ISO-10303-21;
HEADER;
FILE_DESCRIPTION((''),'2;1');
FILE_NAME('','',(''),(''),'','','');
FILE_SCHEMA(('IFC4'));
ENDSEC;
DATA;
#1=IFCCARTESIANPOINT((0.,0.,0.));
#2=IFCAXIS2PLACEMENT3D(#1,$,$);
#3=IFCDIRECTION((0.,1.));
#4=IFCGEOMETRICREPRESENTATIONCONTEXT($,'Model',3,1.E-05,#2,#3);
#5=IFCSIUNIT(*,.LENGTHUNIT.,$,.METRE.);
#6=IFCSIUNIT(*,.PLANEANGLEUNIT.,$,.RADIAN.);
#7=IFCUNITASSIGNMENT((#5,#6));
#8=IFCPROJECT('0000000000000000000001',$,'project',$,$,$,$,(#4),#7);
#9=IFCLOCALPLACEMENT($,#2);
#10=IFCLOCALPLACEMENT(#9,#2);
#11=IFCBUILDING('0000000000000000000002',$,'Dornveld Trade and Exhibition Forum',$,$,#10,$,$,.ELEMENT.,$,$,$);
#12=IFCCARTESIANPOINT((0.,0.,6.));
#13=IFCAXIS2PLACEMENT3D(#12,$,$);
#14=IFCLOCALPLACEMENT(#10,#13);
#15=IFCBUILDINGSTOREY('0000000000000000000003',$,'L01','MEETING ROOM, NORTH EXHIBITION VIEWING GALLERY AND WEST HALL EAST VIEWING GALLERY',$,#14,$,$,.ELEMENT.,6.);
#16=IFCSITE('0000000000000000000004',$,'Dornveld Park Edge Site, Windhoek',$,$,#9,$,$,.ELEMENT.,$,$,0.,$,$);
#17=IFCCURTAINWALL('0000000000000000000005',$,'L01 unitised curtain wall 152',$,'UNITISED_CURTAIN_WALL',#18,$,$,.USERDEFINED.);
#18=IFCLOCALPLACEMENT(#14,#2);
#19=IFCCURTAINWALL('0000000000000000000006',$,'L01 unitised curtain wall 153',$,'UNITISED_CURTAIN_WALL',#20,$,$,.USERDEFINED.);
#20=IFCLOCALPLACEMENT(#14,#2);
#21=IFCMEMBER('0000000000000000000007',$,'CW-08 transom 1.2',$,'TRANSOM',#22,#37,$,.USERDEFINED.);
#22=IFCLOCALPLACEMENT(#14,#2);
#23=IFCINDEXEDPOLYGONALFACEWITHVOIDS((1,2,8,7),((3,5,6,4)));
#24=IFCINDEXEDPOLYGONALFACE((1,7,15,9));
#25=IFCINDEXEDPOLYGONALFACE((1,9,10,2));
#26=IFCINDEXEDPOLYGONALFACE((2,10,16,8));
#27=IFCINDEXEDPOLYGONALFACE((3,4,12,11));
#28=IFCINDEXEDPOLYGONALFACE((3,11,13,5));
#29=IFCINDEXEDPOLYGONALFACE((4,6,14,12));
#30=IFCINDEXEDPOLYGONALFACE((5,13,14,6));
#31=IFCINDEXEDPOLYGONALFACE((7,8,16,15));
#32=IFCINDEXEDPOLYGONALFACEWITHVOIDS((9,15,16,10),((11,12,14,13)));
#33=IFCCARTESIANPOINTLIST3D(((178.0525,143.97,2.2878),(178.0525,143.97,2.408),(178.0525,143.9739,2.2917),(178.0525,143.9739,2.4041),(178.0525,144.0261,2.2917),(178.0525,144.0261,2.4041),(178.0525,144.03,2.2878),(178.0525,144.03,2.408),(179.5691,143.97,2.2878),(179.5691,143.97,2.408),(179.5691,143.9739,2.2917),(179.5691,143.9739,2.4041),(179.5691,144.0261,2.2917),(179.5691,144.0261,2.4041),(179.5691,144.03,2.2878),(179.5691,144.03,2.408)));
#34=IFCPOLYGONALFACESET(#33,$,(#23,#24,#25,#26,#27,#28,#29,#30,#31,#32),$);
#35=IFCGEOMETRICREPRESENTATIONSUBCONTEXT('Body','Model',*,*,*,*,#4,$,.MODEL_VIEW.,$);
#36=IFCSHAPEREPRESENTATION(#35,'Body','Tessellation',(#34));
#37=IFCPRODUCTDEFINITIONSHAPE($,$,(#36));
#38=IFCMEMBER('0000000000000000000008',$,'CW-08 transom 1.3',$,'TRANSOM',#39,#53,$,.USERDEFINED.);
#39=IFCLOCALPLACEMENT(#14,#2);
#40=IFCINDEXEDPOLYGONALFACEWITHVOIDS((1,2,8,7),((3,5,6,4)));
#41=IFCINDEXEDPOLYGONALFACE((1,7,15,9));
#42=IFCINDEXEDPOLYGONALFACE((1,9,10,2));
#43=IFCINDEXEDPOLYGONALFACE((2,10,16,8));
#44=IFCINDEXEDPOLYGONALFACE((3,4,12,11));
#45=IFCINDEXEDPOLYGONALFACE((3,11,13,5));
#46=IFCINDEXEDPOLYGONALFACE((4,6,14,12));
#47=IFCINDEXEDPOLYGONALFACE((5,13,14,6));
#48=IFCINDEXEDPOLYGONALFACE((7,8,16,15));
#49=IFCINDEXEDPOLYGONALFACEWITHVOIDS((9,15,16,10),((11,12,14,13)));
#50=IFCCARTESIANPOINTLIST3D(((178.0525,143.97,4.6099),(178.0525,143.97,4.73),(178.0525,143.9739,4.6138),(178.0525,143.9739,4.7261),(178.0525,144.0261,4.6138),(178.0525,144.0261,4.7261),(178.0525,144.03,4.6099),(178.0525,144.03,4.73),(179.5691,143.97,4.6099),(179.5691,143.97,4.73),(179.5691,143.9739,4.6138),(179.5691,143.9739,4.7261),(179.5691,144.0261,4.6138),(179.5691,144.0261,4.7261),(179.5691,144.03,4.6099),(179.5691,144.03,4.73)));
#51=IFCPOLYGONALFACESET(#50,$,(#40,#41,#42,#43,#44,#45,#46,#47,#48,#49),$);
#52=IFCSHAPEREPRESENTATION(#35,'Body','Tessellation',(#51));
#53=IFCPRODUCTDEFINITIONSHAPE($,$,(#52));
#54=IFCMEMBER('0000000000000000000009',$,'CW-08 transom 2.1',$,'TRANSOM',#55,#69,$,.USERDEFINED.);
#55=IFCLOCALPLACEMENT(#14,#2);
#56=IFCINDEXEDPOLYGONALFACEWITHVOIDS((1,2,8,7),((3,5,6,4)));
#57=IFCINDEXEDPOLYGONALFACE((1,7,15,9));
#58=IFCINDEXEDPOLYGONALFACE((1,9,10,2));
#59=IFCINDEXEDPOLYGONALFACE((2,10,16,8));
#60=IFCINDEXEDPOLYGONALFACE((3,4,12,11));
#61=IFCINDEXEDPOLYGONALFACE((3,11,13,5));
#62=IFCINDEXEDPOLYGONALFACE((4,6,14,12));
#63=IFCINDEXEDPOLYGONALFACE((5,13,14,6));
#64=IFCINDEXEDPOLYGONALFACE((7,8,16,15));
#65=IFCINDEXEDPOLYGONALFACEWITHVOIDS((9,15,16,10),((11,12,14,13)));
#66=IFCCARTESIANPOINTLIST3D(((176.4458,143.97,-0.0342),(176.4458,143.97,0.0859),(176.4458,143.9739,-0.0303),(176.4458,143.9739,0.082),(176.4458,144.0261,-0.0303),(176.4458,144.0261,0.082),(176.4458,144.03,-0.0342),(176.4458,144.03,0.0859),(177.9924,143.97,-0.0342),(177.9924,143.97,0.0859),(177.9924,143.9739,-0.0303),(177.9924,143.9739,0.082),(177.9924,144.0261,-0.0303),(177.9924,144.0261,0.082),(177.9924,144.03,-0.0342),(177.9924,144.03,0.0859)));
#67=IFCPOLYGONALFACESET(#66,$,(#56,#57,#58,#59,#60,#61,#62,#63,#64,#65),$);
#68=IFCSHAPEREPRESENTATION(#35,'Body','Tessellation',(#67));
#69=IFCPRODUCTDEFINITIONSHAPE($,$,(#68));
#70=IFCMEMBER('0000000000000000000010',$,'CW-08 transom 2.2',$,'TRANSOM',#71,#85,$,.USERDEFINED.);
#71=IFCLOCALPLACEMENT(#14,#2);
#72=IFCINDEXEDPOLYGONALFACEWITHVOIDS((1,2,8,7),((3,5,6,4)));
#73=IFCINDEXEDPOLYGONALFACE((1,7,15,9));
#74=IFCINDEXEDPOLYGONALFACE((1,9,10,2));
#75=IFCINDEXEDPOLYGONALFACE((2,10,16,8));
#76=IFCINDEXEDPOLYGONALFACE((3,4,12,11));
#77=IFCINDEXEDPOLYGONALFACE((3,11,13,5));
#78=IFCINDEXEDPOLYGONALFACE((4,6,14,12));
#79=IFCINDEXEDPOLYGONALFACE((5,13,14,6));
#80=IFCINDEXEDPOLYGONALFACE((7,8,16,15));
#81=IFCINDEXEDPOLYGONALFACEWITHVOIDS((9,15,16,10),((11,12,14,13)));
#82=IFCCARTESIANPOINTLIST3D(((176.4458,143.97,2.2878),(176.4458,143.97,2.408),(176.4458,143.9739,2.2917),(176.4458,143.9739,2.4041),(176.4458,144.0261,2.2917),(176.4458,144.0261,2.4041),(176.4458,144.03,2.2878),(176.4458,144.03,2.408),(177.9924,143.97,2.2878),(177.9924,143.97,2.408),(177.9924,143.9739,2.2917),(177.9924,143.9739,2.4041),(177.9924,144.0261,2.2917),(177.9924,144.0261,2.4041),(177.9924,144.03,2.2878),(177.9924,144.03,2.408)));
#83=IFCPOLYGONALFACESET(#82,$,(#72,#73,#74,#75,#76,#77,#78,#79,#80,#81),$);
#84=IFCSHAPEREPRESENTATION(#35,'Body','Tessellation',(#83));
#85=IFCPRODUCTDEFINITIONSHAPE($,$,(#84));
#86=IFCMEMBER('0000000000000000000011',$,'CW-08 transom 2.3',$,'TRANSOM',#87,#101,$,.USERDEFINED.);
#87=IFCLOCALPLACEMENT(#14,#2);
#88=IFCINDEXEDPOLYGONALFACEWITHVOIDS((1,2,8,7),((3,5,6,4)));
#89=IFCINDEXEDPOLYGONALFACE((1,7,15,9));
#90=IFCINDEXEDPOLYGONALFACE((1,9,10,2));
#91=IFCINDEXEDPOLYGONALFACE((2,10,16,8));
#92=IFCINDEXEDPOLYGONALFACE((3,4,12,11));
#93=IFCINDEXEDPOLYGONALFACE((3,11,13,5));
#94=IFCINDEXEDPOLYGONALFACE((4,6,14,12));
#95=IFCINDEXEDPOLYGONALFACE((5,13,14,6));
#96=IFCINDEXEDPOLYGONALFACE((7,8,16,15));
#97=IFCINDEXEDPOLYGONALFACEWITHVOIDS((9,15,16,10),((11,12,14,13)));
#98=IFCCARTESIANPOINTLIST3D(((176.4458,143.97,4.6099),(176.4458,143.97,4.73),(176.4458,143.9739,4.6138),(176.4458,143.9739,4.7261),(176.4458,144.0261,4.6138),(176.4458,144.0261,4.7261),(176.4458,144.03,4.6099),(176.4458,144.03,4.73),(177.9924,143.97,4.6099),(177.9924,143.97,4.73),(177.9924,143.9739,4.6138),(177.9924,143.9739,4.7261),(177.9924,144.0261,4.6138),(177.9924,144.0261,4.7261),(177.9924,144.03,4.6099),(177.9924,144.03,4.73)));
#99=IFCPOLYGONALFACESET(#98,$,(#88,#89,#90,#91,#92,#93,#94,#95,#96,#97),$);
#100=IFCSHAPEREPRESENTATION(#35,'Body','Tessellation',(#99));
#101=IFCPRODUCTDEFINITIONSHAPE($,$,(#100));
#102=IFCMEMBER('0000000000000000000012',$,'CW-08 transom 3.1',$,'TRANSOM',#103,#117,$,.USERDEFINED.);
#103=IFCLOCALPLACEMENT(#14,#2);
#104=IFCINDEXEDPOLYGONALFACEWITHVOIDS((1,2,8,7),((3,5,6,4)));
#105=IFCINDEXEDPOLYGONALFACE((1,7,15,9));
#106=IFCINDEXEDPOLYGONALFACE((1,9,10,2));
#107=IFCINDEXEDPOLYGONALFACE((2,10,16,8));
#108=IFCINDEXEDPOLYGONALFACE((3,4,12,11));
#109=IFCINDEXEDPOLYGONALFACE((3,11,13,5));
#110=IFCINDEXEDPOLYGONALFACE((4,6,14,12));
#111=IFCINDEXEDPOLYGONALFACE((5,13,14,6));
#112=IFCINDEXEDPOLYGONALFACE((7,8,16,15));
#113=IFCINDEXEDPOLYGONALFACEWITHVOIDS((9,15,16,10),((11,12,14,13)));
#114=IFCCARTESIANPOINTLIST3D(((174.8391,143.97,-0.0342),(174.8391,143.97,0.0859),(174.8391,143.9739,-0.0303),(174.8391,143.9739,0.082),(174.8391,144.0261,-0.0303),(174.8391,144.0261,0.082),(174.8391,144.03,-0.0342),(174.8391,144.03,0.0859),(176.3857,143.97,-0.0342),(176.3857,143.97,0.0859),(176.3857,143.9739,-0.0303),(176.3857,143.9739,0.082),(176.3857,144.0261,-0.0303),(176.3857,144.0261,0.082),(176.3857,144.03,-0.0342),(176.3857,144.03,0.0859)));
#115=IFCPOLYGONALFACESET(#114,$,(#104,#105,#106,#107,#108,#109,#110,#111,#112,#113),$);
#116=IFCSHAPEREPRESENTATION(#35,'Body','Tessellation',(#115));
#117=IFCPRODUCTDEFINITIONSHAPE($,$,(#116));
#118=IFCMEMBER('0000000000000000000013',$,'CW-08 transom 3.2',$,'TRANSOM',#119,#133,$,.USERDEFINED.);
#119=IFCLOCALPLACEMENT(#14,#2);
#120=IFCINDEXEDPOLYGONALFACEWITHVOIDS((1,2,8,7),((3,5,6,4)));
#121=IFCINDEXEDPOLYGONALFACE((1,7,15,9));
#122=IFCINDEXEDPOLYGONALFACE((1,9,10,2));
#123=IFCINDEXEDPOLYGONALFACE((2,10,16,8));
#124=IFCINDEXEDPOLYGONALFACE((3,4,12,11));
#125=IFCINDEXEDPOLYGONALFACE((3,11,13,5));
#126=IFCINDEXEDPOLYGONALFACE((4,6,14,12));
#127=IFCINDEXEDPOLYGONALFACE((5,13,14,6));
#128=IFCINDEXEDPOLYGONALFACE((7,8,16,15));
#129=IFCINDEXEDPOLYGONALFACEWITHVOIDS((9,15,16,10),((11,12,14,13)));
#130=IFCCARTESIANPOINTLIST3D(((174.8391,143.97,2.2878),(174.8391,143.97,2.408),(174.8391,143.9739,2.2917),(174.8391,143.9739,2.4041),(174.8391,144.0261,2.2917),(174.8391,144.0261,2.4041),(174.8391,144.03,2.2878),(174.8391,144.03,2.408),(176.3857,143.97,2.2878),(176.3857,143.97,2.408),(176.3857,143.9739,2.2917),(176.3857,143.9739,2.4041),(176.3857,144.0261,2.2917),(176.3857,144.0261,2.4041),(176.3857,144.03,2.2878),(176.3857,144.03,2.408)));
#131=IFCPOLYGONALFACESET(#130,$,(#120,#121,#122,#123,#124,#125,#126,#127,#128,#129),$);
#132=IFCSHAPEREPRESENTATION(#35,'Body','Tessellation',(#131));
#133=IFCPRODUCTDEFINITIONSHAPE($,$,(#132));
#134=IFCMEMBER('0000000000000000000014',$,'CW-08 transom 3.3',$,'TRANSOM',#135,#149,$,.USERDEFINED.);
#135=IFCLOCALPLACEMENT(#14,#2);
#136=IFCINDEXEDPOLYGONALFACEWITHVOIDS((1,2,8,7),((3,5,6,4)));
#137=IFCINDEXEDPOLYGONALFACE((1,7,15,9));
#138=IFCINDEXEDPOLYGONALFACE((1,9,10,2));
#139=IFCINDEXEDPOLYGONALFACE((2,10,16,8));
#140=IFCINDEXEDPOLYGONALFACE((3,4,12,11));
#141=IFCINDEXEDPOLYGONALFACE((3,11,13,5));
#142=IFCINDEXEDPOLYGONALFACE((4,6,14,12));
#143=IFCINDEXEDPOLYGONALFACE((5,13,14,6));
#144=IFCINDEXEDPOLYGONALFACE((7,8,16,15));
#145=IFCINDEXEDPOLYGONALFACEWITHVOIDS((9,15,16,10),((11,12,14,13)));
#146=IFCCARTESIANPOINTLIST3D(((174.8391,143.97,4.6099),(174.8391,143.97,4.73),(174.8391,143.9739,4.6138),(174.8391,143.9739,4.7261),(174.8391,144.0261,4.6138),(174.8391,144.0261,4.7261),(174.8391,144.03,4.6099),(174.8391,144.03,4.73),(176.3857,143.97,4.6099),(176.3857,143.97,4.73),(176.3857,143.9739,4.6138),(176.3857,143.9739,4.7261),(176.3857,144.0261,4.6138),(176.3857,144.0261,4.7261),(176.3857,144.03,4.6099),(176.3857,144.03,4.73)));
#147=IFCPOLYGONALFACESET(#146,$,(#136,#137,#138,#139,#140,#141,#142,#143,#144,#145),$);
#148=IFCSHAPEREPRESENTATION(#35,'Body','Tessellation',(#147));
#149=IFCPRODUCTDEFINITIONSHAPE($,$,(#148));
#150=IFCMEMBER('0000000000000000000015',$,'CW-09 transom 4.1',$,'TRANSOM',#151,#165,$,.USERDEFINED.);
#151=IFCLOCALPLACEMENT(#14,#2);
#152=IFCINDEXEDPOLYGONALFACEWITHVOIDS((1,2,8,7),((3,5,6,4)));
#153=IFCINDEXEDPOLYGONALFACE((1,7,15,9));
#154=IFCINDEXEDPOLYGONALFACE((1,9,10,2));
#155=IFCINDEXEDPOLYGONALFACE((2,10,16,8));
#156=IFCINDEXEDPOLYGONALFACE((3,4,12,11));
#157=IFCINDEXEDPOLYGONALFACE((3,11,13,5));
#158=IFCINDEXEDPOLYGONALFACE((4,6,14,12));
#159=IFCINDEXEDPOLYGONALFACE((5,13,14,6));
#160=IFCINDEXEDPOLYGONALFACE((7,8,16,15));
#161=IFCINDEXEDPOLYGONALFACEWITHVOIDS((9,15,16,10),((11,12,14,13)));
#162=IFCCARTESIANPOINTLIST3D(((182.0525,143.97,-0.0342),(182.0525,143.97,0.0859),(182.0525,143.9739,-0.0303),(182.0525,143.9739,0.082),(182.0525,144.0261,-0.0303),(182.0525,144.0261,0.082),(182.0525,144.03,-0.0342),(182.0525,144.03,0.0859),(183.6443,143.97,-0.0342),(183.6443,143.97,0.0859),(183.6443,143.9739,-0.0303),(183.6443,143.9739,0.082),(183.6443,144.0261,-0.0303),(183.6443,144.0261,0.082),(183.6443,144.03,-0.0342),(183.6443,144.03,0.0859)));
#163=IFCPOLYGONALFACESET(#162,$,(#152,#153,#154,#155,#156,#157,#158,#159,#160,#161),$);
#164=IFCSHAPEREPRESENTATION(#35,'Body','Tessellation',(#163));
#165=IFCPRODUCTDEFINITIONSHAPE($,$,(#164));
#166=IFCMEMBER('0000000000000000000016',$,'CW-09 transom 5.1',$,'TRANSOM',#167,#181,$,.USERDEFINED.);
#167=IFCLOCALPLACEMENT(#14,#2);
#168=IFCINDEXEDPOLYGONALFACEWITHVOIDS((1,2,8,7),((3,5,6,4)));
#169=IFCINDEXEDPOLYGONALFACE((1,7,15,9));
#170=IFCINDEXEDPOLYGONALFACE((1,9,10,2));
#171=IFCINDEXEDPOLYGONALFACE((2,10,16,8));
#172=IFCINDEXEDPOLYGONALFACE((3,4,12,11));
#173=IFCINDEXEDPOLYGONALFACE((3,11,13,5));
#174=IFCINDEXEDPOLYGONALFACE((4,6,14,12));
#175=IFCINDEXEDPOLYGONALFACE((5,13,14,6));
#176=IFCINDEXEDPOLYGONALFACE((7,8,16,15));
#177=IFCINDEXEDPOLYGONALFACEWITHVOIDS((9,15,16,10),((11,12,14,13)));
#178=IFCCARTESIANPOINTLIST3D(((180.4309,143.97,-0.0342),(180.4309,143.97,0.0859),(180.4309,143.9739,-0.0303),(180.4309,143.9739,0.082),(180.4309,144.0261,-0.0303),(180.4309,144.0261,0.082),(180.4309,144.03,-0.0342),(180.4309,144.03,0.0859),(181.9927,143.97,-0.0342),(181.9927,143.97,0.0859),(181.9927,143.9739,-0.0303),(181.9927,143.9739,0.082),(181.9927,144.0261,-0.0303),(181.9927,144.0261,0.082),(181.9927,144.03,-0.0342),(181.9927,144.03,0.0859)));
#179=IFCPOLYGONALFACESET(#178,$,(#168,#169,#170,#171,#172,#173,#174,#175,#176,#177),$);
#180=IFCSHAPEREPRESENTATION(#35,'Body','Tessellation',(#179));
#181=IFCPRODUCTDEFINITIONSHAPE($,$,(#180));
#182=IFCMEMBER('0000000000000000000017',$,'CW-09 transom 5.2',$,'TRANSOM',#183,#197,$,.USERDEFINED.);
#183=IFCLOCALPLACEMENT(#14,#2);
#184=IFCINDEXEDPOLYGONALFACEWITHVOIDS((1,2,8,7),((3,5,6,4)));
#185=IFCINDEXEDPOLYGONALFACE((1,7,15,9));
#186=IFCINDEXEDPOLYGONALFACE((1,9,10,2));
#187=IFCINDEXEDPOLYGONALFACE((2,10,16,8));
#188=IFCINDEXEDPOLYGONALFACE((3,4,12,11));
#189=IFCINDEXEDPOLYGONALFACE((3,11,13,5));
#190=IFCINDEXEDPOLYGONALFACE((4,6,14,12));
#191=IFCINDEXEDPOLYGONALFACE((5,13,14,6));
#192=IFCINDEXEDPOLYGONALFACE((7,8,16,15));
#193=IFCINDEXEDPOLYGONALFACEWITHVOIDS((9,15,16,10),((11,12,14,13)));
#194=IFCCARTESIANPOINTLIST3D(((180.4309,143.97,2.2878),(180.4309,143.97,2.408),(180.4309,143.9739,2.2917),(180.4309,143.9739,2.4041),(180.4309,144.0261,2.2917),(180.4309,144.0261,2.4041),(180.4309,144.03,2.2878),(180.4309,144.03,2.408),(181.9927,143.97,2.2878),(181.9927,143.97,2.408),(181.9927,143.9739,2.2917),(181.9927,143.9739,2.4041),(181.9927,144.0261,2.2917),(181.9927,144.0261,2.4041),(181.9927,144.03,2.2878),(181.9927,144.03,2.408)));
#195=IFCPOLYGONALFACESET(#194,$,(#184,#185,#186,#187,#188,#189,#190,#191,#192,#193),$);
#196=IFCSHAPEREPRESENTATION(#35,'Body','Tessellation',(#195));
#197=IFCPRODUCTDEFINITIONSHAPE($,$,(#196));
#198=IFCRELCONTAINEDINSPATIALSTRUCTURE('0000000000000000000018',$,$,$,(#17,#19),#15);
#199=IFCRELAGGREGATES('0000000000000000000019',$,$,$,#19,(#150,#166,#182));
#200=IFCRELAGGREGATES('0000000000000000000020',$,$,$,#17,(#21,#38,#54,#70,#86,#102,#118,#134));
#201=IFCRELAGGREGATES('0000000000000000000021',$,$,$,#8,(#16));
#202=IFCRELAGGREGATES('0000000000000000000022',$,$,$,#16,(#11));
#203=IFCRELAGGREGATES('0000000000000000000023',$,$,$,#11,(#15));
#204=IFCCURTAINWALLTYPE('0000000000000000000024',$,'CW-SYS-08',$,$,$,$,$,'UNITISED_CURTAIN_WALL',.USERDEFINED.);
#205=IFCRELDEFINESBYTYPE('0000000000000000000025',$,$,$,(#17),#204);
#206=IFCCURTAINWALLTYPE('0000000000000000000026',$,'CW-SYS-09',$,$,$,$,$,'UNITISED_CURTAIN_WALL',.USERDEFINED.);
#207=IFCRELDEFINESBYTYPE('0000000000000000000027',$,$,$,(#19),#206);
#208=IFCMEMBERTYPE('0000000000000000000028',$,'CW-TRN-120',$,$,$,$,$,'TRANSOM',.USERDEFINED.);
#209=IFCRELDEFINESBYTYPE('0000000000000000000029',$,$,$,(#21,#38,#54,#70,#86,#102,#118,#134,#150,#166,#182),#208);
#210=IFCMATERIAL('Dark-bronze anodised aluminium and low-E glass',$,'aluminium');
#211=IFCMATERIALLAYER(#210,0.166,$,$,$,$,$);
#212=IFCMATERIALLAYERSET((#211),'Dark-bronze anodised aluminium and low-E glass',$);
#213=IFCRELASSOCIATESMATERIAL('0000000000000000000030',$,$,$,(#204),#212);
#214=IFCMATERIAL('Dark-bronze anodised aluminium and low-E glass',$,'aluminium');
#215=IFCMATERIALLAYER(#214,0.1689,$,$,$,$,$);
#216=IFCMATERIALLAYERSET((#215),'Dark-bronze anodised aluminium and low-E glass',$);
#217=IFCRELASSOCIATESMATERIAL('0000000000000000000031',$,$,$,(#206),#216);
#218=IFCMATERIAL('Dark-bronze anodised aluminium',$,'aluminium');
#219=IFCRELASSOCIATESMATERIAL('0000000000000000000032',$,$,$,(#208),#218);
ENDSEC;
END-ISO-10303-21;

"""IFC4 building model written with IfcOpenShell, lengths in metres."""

from ifc_helpers import new_model, si_unit, direction, frame, origin, origin_2d, place, context, subcontext, project, spatial, hollow_rectangle, extrude, material, layer, layer_set, material_profile, profile_set, type_object, element, aggregate, save


model = new_model("IFC4")

# Units and contexts
model_context = context("Model", 3, precision=1e-05, world=origin(), true_north=direction((0.0, 1.0)))
body_context = subcontext(model_context, "Body", "Model", "MODEL_VIEW")
ifc_project = project(units=[si_unit("LENGTHUNIT", "METRE"), si_unit("PLANEANGLEUNIT", "RADIAN")], contexts=[model_context])

# Site, building, storey
site_placement = place(None, origin())
site = spatial("IfcSite", under=ifc_project, at=site_placement, Name="Dornveld Park Edge Site, Windhoek", CompositionType="ELEMENT", RefElevation=0.0)
building_placement = place(site_placement, origin())
building = spatial("IfcBuilding", under=site, at=building_placement, Name="Dornveld Trade and Exhibition Forum", CompositionType="ELEMENT")
storey_placement = place(building_placement, frame((0.0, 0.0, 6.0)))
storey = spatial("IfcBuildingStorey", under=building, at=storey_placement, Name="L01", Description="MEETING ROOM, NORTH EXHIBITION VIEWING GALLERY AND WEST HALL EAST VIEWING GALLERY", CompositionType="ELEMENT", Elevation=6.0)

# Curtain walls
ifc_material_1 = material(Name="Dark-bronze anodised aluminium and low-E glass", Category="aluminium")
ifc_layer_1 = layer(ifc_material_1, 0.166)
ifc_layer_set_1 = layer_set([ifc_layer_1], Name="Dark-bronze anodised aluminium and low-E glass")
curtain_wall_type_1 = type_object("IfcCurtainWallType", Name="CW-SYS-08", ElementType="UNITISED_CURTAIN_WALL", PredefinedType="USERDEFINED", material=ifc_layer_set_1)
curtain_wall_1_placement = place(storey_placement, origin())
curtain_wall_1 = element("IfcCurtainWall", 1, at=curtain_wall_1_placement, inside=storey, type_object=curtain_wall_type_1, Name="L01 unitised curtain wall 152", ObjectType="UNITISED_CURTAIN_WALL", PredefinedType="USERDEFINED")
ifc_material_2 = material(Name="Dark-bronze anodised aluminium and low-E glass", Category="aluminium")
ifc_layer_2 = layer(ifc_material_2, 0.1689)
ifc_layer_set_2 = layer_set([ifc_layer_2], Name="Dark-bronze anodised aluminium and low-E glass")
curtain_wall_type_2 = type_object("IfcCurtainWallType", Name="CW-SYS-09", ElementType="UNITISED_CURTAIN_WALL", PredefinedType="USERDEFINED", material=ifc_layer_set_2)
curtain_wall_2_placement = place(storey_placement, origin())
curtain_wall_2 = element("IfcCurtainWall", 2, at=curtain_wall_2_placement, inside=storey, type_object=curtain_wall_type_2, Name="L01 unitised curtain wall 153", ObjectType="UNITISED_CURTAIN_WALL", PredefinedType="USERDEFINED")

# Members
ifc_material_3 = material(Name="Dark-bronze anodised aluminium", Category="aluminium")
ifc_material_profile_1 = material_profile(ifc_material_3, hollow_rectangle(XDim=0.0601, YDim=0.1201, WallThickness=0.0039, at=origin_2d()), Name="RHS 120x60x4")
ifc_profile_set_1 = profile_set([ifc_material_profile_1], Name="Dark-bronze anodised aluminium")
member_type_1 = type_object("IfcMemberType", Name="CW-TRN-120", ElementType="TRANSOM", PredefinedType="USERDEFINED", material=ifc_profile_set_1)
member_1_placement = place(storey_placement, frame((179.5691, 144.0, 2.3479), z_axis=(-1.0, 0.0, 0.0), x_axis=(0.0, -1.0, 0.0)))
member_1 = element("IfcMember", 3, at=member_1_placement, type_object=member_type_1, Name="CW-08 transom 1.2", ObjectType="TRANSOM", PredefinedType="USERDEFINED", context=body_context, shape_type="SweptSolid", body=[
    extrude(hollow_rectangle(XDim=0.0601, YDim=0.1201, WallThickness=0.0039, at=origin_2d()), origin(), (0.0, 0.0, 1.0), 1.5166),
])
member_2_placement = place(storey_placement, frame((179.5691, 144.0, 4.6699), z_axis=(-1.0, 0.0, 0.0), x_axis=(0.0, -1.0, 0.0)))
member_2 = element("IfcMember", 4, at=member_2_placement, type_object=member_type_1, Name="CW-08 transom 1.3", ObjectType="TRANSOM", PredefinedType="USERDEFINED", context=body_context, shape_type="SweptSolid", body=[
    extrude(hollow_rectangle(XDim=0.0601, YDim=0.1201, WallThickness=0.0039, at=origin_2d()), origin(), (0.0, 0.0, 1.0), 1.5166),
])
member_3_placement = place(storey_placement, frame((177.9924, 144.0, 0.0259), z_axis=(-1.0, 0.0, 0.0), x_axis=(0.0, -1.0, 0.0)))
member_3 = element("IfcMember", 5, at=member_3_placement, type_object=member_type_1, Name="CW-08 transom 2.1", ObjectType="TRANSOM", PredefinedType="USERDEFINED", context=body_context, shape_type="SweptSolid", body=[
    extrude(hollow_rectangle(XDim=0.0601, YDim=0.1201, WallThickness=0.0039, at=origin_2d()), origin(), (0.0, 0.0, 1.0), 1.5466),
])
member_4_placement = place(storey_placement, frame((177.9924, 144.0, 2.3479), z_axis=(-1.0, 0.0, 0.0), x_axis=(0.0, -1.0, 0.0)))
member_4 = element("IfcMember", 6, at=member_4_placement, type_object=member_type_1, Name="CW-08 transom 2.2", ObjectType="TRANSOM", PredefinedType="USERDEFINED", context=body_context, shape_type="SweptSolid", body=[
    extrude(hollow_rectangle(XDim=0.0601, YDim=0.1201, WallThickness=0.0039, at=origin_2d()), origin(), (0.0, 0.0, 1.0), 1.5466),
])
member_5_placement = place(storey_placement, frame((177.9924, 144.0, 4.6699), z_axis=(-1.0, 0.0, 0.0), x_axis=(0.0, -1.0, 0.0)))
member_5 = element("IfcMember", 7, at=member_5_placement, type_object=member_type_1, Name="CW-08 transom 2.3", ObjectType="TRANSOM", PredefinedType="USERDEFINED", context=body_context, shape_type="SweptSolid", body=[
    extrude(hollow_rectangle(XDim=0.0601, YDim=0.1201, WallThickness=0.0039, at=origin_2d()), origin(), (0.0, 0.0, 1.0), 1.5466),
])
member_6_placement = place(storey_placement, frame((176.3857, 144.0, 0.0259), z_axis=(-1.0, 0.0, 0.0), x_axis=(0.0, -1.0, 0.0)))
member_6 = element("IfcMember", 8, at=member_6_placement, type_object=member_type_1, Name="CW-08 transom 3.1", ObjectType="TRANSOM", PredefinedType="USERDEFINED", context=body_context, shape_type="SweptSolid", body=[
    extrude(hollow_rectangle(XDim=0.0601, YDim=0.1201, WallThickness=0.0039, at=origin_2d()), origin(), (0.0, 0.0, 1.0), 1.5466),
])
member_7_placement = place(storey_placement, frame((176.3857, 144.0, 2.3479), z_axis=(-1.0, 0.0, 0.0), x_axis=(0.0, -1.0, 0.0)))
member_7 = element("IfcMember", 9, at=member_7_placement, type_object=member_type_1, Name="CW-08 transom 3.2", ObjectType="TRANSOM", PredefinedType="USERDEFINED", context=body_context, shape_type="SweptSolid", body=[
    extrude(hollow_rectangle(XDim=0.0601, YDim=0.1201, WallThickness=0.0039, at=origin_2d()), origin(), (0.0, 0.0, 1.0), 1.5466),
])
member_8_placement = place(storey_placement, frame((176.3857, 144.0, 4.6699), z_axis=(-1.0, 0.0, 0.0), x_axis=(0.0, -1.0, 0.0)))
member_8 = element("IfcMember", 10, at=member_8_placement, type_object=member_type_1, Name="CW-08 transom 3.3", ObjectType="TRANSOM", PredefinedType="USERDEFINED", context=body_context, shape_type="SweptSolid", body=[
    extrude(hollow_rectangle(XDim=0.0601, YDim=0.1201, WallThickness=0.0039, at=origin_2d()), origin(), (0.0, 0.0, 1.0), 1.5466),
])
member_9_placement = place(storey_placement, frame((183.6443, 144.0, 0.0259), z_axis=(-1.0, 0.0, 0.0), x_axis=(0.0, -1.0, 0.0)))
member_9 = element("IfcMember", 11, at=member_9_placement, type_object=member_type_1, Name="CW-09 transom 4.1", ObjectType="TRANSOM", PredefinedType="USERDEFINED", context=body_context, shape_type="SweptSolid", body=[
    extrude(hollow_rectangle(XDim=0.0601, YDim=0.1201, WallThickness=0.0039, at=origin_2d()), origin(), (0.0, 0.0, 1.0), 1.5918),
])
member_10_placement = place(storey_placement, frame((181.9927, 144.0, 0.0259), z_axis=(-1.0, 0.0, 0.0), x_axis=(0.0, -1.0, 0.0)))
member_10 = element("IfcMember", 12, at=member_10_placement, type_object=member_type_1, Name="CW-09 transom 5.1", ObjectType="TRANSOM", PredefinedType="USERDEFINED", context=body_context, shape_type="SweptSolid", body=[
    extrude(hollow_rectangle(XDim=0.0601, YDim=0.1201, WallThickness=0.0039, at=origin_2d()), origin(), (0.0, 0.0, 1.0), 1.5618),
])
member_11_placement = place(storey_placement, frame((181.9927, 144.0, 2.3479), z_axis=(-1.0, 0.0, 0.0), x_axis=(0.0, -1.0, 0.0)))
member_11 = element("IfcMember", 13, at=member_11_placement, type_object=member_type_1, Name="CW-09 transom 5.2", ObjectType="TRANSOM", PredefinedType="USERDEFINED", context=body_context, shape_type="SweptSolid", body=[
    extrude(hollow_rectangle(XDim=0.0601, YDim=0.1201, WallThickness=0.0039, at=origin_2d()), origin(), (0.0, 0.0, 1.0), 1.5618),
])

aggregate(curtain_wall_2, [member_9, member_10, member_11])
aggregate(curtain_wall_1, [member_1, member_2, member_3, member_4, member_5, member_6, member_7, member_8])

save(model, "model.ifc")
